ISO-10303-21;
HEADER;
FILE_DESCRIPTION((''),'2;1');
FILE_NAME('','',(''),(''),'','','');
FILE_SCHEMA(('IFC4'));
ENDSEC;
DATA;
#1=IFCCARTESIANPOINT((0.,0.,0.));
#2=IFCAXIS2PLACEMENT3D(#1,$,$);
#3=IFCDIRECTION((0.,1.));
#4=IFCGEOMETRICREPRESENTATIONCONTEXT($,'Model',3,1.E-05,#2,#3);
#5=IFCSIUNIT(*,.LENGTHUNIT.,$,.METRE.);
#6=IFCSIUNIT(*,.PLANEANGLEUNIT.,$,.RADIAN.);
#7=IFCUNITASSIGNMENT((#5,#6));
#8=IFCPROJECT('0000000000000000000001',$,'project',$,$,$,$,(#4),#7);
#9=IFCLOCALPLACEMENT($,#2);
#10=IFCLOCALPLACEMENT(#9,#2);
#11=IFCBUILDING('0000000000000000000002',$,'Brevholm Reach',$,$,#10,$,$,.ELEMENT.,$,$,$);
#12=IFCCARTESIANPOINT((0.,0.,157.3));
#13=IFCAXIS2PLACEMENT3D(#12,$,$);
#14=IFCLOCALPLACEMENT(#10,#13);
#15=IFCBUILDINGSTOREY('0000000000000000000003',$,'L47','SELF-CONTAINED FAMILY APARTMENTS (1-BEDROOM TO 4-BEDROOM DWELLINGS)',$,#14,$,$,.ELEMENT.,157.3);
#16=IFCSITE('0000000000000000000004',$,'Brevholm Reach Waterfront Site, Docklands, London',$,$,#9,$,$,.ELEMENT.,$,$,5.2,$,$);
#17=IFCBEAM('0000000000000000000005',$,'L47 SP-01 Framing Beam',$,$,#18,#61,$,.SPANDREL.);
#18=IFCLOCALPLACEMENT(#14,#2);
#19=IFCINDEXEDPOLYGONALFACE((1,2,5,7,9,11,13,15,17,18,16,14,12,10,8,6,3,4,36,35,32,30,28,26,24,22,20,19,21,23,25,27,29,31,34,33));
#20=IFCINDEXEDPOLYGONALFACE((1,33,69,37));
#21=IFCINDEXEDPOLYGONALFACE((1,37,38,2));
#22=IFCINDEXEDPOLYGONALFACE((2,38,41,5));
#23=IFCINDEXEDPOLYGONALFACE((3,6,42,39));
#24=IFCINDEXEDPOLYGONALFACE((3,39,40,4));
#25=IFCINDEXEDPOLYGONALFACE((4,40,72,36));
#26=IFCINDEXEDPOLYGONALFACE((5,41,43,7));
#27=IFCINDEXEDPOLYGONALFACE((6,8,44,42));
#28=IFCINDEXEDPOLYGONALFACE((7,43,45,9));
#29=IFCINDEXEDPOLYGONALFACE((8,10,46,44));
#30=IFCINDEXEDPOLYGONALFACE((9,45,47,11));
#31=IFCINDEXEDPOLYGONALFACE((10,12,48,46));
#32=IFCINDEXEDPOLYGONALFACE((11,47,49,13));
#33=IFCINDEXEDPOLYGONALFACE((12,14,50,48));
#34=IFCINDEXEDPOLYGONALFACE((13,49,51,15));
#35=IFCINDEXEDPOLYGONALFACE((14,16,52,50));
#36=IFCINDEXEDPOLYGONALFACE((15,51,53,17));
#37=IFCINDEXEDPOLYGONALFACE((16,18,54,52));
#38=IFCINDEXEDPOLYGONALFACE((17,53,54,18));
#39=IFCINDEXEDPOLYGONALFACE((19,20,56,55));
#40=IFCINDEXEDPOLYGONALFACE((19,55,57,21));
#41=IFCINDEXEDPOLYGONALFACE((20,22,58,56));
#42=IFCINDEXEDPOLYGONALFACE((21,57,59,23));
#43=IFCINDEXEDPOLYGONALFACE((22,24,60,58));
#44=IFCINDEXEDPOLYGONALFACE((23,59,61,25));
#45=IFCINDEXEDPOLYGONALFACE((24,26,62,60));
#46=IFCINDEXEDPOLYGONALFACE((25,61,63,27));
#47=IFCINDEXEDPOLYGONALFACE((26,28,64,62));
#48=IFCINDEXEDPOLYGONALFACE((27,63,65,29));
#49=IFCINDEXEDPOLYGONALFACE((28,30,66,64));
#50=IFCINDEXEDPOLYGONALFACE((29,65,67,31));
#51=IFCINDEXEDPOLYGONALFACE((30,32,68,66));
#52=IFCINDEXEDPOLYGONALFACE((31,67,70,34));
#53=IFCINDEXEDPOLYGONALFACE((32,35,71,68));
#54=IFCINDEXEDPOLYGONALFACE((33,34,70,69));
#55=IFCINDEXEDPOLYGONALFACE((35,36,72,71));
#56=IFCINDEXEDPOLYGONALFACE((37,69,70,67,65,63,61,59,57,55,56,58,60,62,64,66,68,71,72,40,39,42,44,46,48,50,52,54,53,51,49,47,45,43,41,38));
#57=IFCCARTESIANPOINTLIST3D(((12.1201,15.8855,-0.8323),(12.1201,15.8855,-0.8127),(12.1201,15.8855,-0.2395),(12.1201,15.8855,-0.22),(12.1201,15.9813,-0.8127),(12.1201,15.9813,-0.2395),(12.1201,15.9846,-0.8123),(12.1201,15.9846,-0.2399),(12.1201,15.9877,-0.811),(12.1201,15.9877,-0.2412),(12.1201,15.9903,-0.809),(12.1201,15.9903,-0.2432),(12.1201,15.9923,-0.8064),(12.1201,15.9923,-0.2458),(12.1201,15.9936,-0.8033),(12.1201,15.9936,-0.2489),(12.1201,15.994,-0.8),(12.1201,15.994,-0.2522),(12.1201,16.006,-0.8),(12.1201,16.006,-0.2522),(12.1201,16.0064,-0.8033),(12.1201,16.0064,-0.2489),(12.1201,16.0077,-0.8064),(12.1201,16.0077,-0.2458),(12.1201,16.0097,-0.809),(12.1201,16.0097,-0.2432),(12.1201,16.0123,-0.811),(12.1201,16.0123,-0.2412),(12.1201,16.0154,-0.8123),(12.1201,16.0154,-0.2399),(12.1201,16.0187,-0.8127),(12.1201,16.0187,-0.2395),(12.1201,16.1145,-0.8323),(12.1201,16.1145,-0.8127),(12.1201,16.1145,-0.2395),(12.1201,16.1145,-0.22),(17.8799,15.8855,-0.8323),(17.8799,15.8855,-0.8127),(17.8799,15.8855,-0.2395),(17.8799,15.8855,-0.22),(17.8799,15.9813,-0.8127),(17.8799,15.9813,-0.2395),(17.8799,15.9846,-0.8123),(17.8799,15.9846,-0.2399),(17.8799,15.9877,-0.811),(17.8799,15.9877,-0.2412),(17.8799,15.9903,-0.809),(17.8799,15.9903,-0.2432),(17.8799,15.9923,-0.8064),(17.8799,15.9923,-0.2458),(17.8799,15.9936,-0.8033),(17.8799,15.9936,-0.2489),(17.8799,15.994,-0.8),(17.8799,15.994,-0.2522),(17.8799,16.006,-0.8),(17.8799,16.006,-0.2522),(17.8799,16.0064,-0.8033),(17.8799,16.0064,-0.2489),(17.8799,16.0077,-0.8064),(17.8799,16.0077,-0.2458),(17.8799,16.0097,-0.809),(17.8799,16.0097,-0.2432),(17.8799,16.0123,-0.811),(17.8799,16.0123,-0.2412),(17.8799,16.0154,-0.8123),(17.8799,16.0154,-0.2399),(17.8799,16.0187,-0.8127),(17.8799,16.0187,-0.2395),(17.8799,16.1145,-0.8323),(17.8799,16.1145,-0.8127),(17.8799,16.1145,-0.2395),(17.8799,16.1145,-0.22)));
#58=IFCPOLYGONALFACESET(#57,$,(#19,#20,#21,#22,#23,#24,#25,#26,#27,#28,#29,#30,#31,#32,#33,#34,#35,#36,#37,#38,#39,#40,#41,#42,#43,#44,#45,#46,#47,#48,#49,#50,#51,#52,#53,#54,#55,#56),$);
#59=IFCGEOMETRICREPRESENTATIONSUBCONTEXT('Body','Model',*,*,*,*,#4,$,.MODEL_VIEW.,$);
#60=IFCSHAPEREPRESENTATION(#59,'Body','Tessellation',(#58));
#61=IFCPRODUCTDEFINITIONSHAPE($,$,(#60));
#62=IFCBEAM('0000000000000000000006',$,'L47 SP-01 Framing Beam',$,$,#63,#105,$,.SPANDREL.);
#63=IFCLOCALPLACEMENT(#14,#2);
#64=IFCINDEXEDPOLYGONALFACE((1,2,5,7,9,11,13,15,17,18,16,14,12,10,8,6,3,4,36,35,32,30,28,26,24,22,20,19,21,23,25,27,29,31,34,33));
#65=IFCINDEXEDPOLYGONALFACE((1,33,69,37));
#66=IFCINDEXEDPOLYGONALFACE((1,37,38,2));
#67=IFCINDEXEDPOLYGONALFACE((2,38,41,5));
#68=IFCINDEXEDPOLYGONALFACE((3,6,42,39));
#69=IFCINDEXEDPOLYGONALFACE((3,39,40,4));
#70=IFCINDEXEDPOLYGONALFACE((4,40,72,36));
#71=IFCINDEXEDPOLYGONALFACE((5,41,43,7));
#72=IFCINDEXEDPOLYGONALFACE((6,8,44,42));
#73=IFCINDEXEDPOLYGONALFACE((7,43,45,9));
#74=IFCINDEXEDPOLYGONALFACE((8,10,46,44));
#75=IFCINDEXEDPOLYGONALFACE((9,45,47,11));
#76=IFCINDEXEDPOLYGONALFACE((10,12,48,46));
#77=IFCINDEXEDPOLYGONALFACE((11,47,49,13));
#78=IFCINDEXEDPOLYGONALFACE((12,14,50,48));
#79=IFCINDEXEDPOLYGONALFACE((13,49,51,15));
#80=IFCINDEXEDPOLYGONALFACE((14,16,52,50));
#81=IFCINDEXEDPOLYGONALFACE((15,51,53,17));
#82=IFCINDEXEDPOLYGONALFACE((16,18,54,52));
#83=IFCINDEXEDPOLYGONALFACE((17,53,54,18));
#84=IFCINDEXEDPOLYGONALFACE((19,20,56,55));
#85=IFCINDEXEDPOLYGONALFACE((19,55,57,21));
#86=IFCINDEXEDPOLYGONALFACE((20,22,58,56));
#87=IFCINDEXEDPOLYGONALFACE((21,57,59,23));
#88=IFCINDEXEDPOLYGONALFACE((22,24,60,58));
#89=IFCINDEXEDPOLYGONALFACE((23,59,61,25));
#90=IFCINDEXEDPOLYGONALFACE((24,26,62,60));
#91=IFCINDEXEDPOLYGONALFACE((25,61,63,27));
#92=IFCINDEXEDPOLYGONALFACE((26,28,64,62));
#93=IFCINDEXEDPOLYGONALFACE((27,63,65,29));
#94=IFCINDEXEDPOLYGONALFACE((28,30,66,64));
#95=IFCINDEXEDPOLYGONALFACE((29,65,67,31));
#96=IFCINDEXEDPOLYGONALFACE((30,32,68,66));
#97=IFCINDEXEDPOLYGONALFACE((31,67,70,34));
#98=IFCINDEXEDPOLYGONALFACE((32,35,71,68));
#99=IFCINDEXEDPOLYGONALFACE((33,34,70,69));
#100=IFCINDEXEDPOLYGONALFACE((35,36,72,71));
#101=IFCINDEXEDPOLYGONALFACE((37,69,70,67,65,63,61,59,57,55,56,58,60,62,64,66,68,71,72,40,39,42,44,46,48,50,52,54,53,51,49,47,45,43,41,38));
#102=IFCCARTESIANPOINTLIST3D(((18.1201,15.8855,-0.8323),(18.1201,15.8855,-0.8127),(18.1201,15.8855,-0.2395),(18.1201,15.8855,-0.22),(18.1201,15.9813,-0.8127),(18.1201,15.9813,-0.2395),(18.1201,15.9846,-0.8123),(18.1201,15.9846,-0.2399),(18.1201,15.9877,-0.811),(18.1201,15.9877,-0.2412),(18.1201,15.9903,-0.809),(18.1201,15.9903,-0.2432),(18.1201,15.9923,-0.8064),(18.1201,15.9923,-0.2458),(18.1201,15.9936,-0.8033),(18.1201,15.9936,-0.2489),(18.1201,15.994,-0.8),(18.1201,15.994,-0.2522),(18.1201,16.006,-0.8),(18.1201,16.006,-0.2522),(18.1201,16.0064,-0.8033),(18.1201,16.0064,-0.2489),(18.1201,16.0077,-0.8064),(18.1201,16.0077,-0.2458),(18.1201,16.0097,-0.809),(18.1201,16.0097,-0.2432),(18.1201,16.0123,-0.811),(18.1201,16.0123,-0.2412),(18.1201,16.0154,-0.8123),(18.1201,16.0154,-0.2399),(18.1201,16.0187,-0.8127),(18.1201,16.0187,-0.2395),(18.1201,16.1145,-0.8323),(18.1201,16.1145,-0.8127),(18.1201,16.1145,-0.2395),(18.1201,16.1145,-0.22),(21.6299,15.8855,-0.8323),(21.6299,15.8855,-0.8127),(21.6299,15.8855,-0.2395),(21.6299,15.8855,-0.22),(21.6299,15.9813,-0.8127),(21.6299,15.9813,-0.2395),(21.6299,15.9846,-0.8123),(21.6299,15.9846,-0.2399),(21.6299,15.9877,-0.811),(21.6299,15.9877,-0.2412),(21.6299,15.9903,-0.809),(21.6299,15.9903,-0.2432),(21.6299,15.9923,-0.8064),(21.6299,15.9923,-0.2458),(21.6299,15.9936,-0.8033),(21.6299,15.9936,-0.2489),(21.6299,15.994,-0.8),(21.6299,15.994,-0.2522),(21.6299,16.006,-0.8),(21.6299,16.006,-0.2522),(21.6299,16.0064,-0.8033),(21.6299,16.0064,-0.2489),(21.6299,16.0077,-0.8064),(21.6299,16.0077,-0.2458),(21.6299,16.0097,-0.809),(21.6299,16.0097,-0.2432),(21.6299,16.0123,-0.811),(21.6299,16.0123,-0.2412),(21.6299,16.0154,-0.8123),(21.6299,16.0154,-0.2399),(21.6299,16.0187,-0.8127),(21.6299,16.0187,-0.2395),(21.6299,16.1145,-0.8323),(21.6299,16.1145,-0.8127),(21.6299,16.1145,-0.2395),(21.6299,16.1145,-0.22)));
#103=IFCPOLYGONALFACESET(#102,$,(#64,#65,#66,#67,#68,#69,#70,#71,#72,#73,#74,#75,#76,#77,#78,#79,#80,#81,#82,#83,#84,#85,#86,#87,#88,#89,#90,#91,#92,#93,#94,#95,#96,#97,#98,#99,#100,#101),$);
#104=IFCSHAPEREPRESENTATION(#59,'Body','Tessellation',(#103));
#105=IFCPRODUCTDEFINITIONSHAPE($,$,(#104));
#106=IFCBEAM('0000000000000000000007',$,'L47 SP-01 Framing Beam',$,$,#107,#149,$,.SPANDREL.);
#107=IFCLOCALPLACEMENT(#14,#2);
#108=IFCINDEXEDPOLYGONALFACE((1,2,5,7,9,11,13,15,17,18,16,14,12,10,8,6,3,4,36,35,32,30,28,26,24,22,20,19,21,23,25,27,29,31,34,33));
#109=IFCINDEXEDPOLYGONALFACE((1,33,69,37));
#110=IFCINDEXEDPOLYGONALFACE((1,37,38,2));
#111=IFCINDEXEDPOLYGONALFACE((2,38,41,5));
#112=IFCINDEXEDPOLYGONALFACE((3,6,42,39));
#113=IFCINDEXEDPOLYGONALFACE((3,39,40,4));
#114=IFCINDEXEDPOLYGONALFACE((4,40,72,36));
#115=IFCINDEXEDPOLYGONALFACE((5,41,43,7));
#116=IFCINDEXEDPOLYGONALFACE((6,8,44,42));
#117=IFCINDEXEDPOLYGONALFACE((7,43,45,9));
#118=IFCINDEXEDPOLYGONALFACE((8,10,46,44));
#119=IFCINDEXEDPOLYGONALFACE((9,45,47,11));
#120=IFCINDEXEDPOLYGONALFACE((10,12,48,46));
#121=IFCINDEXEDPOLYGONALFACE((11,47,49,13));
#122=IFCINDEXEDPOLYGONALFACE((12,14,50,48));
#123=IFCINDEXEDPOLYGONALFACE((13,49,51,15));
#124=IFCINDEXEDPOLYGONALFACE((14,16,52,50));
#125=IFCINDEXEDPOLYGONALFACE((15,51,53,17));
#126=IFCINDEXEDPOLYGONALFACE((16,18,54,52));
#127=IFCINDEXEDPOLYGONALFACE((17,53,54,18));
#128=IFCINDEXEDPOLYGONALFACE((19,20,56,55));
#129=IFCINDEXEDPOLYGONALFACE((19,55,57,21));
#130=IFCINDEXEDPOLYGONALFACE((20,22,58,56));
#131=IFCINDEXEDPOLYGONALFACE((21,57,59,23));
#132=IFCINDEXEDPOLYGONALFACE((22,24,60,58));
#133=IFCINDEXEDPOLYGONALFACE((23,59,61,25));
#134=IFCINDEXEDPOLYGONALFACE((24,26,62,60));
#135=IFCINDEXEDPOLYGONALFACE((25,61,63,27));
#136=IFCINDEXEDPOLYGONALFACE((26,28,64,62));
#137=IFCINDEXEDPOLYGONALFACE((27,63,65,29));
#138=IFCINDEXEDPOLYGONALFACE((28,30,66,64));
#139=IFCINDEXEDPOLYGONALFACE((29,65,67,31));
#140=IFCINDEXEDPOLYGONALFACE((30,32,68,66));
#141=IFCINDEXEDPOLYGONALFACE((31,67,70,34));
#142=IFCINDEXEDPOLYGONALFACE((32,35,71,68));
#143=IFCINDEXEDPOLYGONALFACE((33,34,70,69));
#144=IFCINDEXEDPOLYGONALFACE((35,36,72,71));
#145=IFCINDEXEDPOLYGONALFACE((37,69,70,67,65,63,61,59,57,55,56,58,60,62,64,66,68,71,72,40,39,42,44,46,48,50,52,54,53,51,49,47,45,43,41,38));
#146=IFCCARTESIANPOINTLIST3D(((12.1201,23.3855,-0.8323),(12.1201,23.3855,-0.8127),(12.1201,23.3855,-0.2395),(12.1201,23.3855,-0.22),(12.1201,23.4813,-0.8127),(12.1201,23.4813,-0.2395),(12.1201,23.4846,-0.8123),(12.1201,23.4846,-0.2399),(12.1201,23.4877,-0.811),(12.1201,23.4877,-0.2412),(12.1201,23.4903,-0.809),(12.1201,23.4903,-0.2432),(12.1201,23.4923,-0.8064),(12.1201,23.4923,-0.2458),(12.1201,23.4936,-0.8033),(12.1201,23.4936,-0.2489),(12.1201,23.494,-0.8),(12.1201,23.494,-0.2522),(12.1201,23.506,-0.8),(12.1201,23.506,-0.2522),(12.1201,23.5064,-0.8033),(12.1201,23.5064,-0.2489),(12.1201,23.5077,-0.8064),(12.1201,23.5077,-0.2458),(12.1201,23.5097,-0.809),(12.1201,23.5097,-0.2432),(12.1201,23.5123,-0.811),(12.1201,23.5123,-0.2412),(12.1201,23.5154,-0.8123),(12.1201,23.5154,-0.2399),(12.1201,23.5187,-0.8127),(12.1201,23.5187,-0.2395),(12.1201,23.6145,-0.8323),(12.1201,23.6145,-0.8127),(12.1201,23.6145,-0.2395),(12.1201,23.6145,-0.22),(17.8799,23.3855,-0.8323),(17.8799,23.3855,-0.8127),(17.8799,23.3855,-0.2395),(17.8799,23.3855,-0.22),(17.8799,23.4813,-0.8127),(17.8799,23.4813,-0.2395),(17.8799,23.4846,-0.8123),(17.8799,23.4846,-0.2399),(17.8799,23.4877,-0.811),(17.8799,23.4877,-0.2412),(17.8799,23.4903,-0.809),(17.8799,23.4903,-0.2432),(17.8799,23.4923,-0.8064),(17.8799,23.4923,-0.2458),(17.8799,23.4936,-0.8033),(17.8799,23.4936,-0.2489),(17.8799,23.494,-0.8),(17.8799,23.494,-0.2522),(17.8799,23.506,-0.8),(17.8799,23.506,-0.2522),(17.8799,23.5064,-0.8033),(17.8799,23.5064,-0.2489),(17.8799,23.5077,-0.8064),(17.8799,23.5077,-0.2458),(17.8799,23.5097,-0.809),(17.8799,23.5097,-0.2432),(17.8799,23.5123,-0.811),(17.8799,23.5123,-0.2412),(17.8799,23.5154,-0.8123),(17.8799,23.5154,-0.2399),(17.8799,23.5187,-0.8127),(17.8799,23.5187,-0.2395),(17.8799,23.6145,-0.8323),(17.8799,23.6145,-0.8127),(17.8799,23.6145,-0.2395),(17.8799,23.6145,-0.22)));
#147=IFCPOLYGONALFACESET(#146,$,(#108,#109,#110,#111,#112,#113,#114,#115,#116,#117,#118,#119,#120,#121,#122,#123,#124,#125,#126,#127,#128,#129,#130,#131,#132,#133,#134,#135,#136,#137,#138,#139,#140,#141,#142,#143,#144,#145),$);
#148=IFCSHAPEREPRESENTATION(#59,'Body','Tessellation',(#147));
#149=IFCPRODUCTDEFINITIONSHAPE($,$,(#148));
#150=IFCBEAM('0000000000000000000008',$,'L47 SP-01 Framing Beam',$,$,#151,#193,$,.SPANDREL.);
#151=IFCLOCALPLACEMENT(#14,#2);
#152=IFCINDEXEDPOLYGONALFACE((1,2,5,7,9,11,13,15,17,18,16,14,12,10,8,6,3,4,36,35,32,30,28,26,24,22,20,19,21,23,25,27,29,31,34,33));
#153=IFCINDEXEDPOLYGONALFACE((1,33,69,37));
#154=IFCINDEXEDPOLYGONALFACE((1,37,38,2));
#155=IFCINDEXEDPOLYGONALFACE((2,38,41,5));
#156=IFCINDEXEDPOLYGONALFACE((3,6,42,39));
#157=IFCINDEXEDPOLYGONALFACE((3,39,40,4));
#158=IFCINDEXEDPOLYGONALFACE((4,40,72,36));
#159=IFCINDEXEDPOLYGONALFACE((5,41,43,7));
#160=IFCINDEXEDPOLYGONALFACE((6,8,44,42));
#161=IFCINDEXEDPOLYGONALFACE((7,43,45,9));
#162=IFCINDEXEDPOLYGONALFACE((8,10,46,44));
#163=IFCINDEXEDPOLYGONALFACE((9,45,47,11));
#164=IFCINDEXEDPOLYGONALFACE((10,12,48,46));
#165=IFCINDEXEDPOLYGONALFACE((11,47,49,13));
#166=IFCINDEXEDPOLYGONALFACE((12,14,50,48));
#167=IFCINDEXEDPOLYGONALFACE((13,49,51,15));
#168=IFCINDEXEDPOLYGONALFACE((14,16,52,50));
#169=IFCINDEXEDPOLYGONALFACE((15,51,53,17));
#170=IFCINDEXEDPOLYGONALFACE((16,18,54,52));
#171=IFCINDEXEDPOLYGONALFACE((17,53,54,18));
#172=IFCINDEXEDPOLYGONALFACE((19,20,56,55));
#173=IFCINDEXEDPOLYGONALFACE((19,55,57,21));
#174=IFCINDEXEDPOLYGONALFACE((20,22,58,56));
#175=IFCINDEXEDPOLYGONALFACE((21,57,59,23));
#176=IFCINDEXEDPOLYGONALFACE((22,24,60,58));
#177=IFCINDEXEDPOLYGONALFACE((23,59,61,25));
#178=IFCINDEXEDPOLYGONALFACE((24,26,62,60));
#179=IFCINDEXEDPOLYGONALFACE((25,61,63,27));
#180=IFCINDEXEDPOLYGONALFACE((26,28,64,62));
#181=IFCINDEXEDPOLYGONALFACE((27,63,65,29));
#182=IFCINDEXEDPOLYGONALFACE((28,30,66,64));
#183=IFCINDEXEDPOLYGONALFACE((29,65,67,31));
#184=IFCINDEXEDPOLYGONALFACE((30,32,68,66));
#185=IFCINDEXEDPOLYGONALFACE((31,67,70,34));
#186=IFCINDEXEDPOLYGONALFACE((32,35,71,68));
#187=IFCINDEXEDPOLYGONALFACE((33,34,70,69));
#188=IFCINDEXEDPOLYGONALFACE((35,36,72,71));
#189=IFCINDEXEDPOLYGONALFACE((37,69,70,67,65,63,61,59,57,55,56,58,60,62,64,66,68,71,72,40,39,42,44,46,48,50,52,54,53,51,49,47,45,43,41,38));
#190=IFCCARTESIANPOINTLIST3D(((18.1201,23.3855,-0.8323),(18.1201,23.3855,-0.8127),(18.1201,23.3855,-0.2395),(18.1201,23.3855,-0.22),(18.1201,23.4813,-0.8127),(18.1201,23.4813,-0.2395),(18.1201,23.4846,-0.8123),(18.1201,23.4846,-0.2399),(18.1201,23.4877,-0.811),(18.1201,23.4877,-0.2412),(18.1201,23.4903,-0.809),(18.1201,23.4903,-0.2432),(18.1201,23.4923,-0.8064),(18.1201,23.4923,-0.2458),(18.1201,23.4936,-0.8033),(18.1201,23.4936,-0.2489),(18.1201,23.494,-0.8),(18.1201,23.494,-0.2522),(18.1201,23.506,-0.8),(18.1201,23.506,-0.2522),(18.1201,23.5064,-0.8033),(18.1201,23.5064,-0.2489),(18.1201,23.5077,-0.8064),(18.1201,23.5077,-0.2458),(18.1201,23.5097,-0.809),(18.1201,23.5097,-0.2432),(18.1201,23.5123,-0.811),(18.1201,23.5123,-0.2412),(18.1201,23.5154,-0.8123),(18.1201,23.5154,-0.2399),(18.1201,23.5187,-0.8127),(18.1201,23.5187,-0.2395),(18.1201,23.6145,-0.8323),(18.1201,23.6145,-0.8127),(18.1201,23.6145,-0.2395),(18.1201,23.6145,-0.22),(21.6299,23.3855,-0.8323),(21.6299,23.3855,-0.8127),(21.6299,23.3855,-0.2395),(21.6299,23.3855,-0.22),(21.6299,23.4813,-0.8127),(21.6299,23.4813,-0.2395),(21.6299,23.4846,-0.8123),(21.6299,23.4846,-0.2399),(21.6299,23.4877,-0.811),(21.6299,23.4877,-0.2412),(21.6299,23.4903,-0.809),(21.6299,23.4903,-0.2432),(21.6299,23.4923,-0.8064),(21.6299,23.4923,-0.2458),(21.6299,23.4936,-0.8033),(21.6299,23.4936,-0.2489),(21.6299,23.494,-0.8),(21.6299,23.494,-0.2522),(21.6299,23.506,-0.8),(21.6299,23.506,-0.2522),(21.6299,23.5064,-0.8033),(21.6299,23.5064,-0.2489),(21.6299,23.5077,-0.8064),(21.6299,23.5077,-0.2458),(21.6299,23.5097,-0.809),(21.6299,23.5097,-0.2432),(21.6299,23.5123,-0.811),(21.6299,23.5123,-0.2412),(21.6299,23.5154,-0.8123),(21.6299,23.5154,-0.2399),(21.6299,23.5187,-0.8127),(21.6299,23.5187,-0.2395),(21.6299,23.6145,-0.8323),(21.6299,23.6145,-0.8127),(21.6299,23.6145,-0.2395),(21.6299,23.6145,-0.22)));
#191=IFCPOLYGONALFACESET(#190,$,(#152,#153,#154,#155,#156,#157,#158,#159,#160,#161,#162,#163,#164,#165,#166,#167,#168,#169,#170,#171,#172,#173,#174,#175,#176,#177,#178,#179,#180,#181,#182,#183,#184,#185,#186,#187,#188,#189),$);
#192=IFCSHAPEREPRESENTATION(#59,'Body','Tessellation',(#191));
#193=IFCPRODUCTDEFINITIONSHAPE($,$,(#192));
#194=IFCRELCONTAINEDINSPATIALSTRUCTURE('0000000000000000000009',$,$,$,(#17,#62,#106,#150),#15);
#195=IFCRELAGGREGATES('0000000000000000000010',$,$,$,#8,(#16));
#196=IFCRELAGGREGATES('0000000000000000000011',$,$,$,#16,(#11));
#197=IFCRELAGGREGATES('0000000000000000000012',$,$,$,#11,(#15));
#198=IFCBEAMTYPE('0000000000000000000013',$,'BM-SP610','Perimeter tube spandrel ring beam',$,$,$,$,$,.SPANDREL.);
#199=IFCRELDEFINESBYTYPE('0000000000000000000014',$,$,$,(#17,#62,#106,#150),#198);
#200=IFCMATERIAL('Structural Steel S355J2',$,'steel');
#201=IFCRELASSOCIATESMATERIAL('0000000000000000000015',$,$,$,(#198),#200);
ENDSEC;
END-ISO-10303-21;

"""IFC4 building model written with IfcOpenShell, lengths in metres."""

from ifc_helpers import new_model, si_unit, direction, frame, origin, origin_2d, place, context, subcontext, project, spatial, i_section, extrude, material, material_profile, profile_set, type_object, element, save


model = new_model("IFC4")

# Units and contexts
model_context = context("Model", 3, precision=1e-05, world=origin(), true_north=direction((0.0, 1.0)))
body_context = subcontext(model_context, "Body", "Model", "MODEL_VIEW")
ifc_project = project(units=[si_unit("LENGTHUNIT", "METRE"), si_unit("PLANEANGLEUNIT", "RADIAN")], contexts=[model_context])

# Site, building, storey
site_placement = place(None, origin())
site = spatial("IfcSite", under=ifc_project, at=site_placement, Name="Brevholm Reach Waterfront Site, Docklands, London", CompositionType="ELEMENT", RefElevation=5.2)
building_placement = place(site_placement, origin())
building = spatial("IfcBuilding", under=site, at=building_placement, Name="Brevholm Reach", CompositionType="ELEMENT")
storey_placement = place(building_placement, frame((0.0, 0.0, 157.3)))
storey = spatial("IfcBuildingStorey", under=building, at=storey_placement, Name="L47", Description="SELF-CONTAINED FAMILY APARTMENTS (1-BEDROOM TO 4-BEDROOM DWELLINGS)", CompositionType="ELEMENT", Elevation=157.3)

# Beams
ifc_material_1 = material(Name="Structural Steel S355J2", Category="steel")
ifc_material_profile_1 = material_profile(ifc_material_1, i_section(OverallWidth=0.229, OverallDepth=0.6123, WebThickness=0.012, FlangeThickness=0.0195, FilletRadius=0.0127, at=origin_2d()), Name="UKB 610x229x125")
ifc_profile_set_1 = profile_set([ifc_material_profile_1], Name="Structural Steel S355J2")
beam_type_1 = type_object("IfcBeamType", Name="BM-SP610", Description="Perimeter tube spandrel ring beam", PredefinedType="SPANDREL", material=ifc_profile_set_1)
beam_1_placement = place(storey_placement, frame((12.1201, 16.0, -0.5261), z_axis=(1.0, 0.0, 0.0), x_axis=(0.0, 1.0, 0.0)))
element("IfcBeam", 1, at=beam_1_placement, inside=storey, type_object=beam_type_1, Name="L47 SP-01 Framing Beam", PredefinedType="SPANDREL", context=body_context, shape_type="SweptSolid", body=[
    extrude(i_section(OverallWidth=0.229, OverallDepth=0.6123, WebThickness=0.012, FlangeThickness=0.0195, FilletRadius=0.0127, at=origin_2d()), origin(), (0.0, 0.0, 1.0), 5.7598),
])
beam_2_placement = place(storey_placement, frame((18.1201, 16.0, -0.5261), z_axis=(1.0, 0.0, 0.0), x_axis=(0.0, 1.0, 0.0)))
element("IfcBeam", 2, at=beam_2_placement, inside=storey, type_object=beam_type_1, Name="L47 SP-01 Framing Beam", PredefinedType="SPANDREL", context=body_context, shape_type="SweptSolid", body=[
    extrude(i_section(OverallWidth=0.229, OverallDepth=0.6123, WebThickness=0.012, FlangeThickness=0.0195, FilletRadius=0.0127, at=origin_2d()), origin(), (0.0, 0.0, 1.0), 3.5098),
])
beam_3_placement = place(storey_placement, frame((12.1201, 23.5, -0.5261), z_axis=(1.0, 0.0, 0.0), x_axis=(0.0, 1.0, 0.0)))
element("IfcBeam", 3, at=beam_3_placement, inside=storey, type_object=beam_type_1, Name="L47 SP-01 Framing Beam", PredefinedType="SPANDREL", context=body_context, shape_type="SweptSolid", body=[
    extrude(i_section(OverallWidth=0.229, OverallDepth=0.6123, WebThickness=0.012, FlangeThickness=0.0195, FilletRadius=0.0127, at=origin_2d()), origin(), (0.0, 0.0, 1.0), 5.7598),
])
beam_4_placement = place(storey_placement, frame((18.1201, 23.5, -0.5261), z_axis=(1.0, 0.0, 0.0), x_axis=(0.0, 1.0, 0.0)))
element("IfcBeam", 4, at=beam_4_placement, inside=storey, type_object=beam_type_1, Name="L47 SP-01 Framing Beam", PredefinedType="SPANDREL", context=body_context, shape_type="SweptSolid", body=[
    extrude(i_section(OverallWidth=0.229, OverallDepth=0.6123, WebThickness=0.012, FlangeThickness=0.0195, FilletRadius=0.0127, at=origin_2d()), origin(), (0.0, 0.0, 1.0), 3.5098),
])

save(model, "model.ifc")
